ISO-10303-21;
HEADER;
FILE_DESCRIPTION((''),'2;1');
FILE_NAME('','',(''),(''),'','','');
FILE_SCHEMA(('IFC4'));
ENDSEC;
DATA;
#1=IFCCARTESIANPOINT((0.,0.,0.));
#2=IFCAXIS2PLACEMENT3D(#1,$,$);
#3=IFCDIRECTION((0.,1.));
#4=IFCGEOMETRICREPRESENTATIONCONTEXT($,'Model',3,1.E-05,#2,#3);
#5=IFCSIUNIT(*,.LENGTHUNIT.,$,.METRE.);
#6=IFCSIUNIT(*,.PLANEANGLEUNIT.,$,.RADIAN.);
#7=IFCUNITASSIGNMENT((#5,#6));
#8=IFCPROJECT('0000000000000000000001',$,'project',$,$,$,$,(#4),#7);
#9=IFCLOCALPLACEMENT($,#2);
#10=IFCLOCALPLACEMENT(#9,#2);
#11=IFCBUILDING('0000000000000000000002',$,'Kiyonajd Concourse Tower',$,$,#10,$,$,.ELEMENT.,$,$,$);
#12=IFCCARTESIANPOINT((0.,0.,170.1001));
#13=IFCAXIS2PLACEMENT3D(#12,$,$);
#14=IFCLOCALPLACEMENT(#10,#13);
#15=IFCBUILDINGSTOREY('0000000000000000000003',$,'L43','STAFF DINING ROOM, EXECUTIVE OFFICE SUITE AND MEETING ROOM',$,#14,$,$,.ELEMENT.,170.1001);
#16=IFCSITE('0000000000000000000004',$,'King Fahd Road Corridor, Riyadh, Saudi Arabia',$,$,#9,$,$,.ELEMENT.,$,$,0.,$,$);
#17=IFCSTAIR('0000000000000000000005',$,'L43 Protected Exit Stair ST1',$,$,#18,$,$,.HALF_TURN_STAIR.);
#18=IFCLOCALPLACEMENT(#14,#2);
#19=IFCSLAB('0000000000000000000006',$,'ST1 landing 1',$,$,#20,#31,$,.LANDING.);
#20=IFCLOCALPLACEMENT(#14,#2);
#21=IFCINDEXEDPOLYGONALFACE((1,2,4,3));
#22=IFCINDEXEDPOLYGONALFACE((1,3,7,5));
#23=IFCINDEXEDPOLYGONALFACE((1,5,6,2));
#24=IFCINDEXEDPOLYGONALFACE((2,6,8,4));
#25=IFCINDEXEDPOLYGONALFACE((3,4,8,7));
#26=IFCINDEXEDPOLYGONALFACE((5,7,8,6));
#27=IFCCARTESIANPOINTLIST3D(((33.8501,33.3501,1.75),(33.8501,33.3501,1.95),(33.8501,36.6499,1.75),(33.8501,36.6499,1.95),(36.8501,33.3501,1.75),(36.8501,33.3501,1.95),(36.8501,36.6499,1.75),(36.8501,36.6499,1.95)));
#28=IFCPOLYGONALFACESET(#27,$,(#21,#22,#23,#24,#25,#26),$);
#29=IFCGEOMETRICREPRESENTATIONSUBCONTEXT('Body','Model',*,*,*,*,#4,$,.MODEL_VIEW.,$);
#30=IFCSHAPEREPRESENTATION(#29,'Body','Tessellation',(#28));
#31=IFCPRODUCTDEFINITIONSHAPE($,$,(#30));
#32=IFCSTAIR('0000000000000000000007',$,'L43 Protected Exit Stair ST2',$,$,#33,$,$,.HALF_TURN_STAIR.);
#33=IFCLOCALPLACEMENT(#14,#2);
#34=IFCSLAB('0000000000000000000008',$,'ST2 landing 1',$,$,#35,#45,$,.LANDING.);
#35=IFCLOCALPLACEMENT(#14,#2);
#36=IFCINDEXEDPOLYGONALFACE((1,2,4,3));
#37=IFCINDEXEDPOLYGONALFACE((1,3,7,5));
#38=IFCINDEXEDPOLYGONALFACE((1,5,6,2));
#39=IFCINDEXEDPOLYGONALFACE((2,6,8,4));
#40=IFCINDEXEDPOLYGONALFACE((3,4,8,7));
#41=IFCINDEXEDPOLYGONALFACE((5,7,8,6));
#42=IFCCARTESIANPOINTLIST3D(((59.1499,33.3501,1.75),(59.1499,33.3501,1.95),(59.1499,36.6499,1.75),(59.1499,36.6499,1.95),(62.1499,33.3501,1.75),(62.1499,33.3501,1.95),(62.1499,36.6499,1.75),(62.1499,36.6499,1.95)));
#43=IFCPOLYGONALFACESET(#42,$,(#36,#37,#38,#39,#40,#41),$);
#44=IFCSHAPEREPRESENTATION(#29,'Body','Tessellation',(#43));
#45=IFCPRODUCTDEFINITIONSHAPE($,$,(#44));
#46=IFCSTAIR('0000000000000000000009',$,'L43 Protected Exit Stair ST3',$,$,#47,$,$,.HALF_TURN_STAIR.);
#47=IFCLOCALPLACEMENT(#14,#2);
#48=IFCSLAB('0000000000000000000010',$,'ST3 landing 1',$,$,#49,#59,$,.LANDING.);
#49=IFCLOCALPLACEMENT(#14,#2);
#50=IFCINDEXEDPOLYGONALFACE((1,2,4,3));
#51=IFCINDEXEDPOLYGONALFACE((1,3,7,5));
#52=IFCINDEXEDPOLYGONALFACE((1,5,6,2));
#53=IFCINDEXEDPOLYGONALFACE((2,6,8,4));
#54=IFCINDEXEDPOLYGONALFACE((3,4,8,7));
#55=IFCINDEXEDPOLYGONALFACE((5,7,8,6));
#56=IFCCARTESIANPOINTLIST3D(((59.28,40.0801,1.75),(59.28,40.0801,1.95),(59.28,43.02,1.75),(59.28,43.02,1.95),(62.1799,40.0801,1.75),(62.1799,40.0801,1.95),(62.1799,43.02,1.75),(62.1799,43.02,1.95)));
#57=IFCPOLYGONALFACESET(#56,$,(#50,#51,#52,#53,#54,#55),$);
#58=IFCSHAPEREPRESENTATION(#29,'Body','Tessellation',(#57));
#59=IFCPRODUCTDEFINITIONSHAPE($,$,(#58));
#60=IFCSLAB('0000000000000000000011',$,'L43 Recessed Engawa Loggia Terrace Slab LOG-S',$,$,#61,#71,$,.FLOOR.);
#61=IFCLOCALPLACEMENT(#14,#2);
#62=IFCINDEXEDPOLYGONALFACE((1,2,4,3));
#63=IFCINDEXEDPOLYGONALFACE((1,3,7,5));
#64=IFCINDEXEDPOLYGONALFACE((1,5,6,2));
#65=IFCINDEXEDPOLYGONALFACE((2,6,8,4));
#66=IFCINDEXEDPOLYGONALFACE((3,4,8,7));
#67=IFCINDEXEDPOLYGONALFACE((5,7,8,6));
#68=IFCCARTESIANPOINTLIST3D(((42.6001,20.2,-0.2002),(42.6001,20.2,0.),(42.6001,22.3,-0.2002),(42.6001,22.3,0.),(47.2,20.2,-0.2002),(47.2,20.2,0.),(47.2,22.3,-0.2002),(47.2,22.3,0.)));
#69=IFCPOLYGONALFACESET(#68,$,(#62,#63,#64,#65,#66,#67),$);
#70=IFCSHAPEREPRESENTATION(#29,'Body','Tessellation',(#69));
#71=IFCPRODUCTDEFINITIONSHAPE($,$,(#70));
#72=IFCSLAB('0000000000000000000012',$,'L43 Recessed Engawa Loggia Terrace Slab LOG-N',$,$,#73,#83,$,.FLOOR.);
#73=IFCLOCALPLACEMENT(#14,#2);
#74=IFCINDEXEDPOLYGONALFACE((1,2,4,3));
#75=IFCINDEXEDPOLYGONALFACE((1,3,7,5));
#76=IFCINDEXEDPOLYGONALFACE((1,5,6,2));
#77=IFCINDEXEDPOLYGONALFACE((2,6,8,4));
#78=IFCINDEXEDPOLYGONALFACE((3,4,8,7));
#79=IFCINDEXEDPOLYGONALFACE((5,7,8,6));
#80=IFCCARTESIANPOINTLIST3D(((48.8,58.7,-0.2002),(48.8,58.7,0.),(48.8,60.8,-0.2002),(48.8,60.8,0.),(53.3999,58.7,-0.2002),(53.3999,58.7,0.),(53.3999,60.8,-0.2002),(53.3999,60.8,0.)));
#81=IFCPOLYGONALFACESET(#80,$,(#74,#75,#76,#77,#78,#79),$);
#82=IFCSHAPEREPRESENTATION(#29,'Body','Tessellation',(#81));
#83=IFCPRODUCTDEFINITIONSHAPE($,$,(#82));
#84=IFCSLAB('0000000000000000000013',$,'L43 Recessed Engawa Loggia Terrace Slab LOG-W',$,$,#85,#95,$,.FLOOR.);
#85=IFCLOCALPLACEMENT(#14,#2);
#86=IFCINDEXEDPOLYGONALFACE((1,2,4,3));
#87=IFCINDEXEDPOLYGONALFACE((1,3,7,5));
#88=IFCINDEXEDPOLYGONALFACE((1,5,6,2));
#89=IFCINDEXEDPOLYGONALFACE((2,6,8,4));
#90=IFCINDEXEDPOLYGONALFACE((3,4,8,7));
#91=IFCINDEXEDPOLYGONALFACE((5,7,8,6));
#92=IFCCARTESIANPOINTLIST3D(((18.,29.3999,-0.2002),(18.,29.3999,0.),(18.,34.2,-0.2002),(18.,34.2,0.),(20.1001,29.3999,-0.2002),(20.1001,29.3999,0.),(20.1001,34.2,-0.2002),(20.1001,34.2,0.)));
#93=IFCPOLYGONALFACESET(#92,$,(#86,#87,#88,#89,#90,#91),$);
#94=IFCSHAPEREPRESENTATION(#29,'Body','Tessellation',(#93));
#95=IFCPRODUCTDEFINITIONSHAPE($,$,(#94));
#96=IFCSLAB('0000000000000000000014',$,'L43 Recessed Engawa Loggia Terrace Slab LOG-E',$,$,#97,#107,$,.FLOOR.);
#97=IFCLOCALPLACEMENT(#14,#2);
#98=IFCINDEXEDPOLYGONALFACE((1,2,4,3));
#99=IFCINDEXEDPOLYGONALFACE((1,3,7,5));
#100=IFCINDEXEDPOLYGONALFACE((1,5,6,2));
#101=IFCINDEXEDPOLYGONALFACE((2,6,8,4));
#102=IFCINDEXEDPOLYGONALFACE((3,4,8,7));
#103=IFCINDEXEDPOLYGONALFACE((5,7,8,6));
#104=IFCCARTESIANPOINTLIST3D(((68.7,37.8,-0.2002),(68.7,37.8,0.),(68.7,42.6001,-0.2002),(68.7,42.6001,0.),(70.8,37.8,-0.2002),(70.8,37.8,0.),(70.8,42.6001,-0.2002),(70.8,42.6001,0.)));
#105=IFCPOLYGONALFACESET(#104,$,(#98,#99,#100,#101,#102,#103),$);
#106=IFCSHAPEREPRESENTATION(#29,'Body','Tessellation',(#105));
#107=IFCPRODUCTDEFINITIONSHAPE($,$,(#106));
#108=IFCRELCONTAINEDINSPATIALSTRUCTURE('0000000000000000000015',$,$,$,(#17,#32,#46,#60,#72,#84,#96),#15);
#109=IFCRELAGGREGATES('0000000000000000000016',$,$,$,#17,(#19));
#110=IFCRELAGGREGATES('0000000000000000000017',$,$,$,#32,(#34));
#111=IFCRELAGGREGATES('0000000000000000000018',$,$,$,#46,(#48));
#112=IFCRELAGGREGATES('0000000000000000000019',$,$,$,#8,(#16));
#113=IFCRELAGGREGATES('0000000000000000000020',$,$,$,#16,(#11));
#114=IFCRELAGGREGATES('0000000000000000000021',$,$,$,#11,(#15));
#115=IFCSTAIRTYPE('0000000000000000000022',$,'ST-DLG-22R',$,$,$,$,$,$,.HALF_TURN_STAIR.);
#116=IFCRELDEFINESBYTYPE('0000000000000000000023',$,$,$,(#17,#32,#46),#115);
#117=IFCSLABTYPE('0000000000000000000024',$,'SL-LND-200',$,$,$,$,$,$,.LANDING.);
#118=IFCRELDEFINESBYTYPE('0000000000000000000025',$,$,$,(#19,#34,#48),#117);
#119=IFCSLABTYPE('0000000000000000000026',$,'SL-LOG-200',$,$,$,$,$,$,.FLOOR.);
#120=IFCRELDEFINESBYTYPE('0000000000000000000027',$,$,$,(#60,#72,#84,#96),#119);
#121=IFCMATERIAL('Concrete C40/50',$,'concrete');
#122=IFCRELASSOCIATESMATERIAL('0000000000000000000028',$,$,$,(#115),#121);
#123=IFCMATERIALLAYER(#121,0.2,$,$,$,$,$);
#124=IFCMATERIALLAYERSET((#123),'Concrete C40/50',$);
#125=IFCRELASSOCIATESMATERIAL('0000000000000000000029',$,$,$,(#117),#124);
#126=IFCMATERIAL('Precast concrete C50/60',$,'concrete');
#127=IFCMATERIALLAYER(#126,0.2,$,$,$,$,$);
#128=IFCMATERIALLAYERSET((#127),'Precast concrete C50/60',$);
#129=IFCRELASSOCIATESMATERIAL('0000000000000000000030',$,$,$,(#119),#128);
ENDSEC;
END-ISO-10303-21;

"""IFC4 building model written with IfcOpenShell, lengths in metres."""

from ifc_helpers import new_model, si_unit, direction, frame, origin, place, context, subcontext, project, spatial, polyline, outline, extrude, material, layer, layer_set, type_object, element, aggregate, save


model = new_model("IFC4")

# Units and contexts
model_context = context("Model", 3, precision=1e-05, world=origin(), true_north=direction((0.0, 1.0)))
body_context = subcontext(model_context, "Body", "Model", "MODEL_VIEW")
ifc_project = project(units=[si_unit("LENGTHUNIT", "METRE"), si_unit("PLANEANGLEUNIT", "RADIAN")], contexts=[model_context])

# Site, building, storey
site_placement = place(None, origin())
site = spatial("IfcSite", under=ifc_project, at=site_placement, Name="King Fahd Road Corridor, Riyadh, Saudi Arabia", CompositionType="ELEMENT", RefElevation=0.0)
building_placement = place(site_placement, origin())
building = spatial("IfcBuilding", under=site, at=building_placement, Name="Kiyonajd Concourse Tower", CompositionType="ELEMENT")
storey_placement = place(building_placement, frame((0.0, 0.0, 170.1001)))
storey = spatial("IfcBuildingStorey", under=building, at=storey_placement, Name="L43", Description="STAFF DINING ROOM, EXECUTIVE OFFICE SUITE AND MEETING ROOM", CompositionType="ELEMENT", Elevation=170.1001)

# Stairs, slabs
ifc_material_1 = material(Name="Concrete C40/50", Category="concrete")
stair_type = type_object("IfcStairType", Name="ST-DLG-22R", PredefinedType="HALF_TURN_STAIR", material=ifc_material_1)
stair_1_placement = place(storey_placement, origin())
stair_1 = element("IfcStair", 1, at=stair_1_placement, inside=storey, type_object=stair_type, Name="L43 Protected Exit Stair ST1", PredefinedType="HALF_TURN_STAIR")
ifc_layer_1 = layer(ifc_material_1, 0.2)
ifc_layer_set_1 = layer_set([ifc_layer_1], Name="Concrete C40/50")
slab_type_1 = type_object("IfcSlabType", Name="SL-LND-200", PredefinedType="LANDING", material=ifc_layer_set_1)
slab_1_placement = place(storey_placement, frame((0.0, 0.0, 1.75)))
slab_1 = element("IfcSlab", 2, at=slab_1_placement, type_object=slab_type_1, Name="ST1 landing 1", PredefinedType="LANDING", context=body_context, shape_type="SweptSolid", body=[
    extrude(outline(polyline([(36.8501, 33.3501), (36.8501, 36.6499), (33.8501, 36.6499), (33.8501, 33.3501), (36.8501, 33.3501)])), origin(), (0.0, 0.0, 1.0), 0.2),
])
aggregate(stair_1, [slab_1])
stair_2_placement = place(storey_placement, origin())
stair_2 = element("IfcStair", 3, at=stair_2_placement, inside=storey, type_object=stair_type, Name="L43 Protected Exit Stair ST2", PredefinedType="HALF_TURN_STAIR")
slab_2_placement = place(storey_placement, frame((0.0, 0.0, 1.75)))
slab_2 = element("IfcSlab", 4, at=slab_2_placement, type_object=slab_type_1, Name="ST2 landing 1", PredefinedType="LANDING", context=body_context, shape_type="SweptSolid", body=[
    extrude(outline(polyline([(62.1499, 33.3501), (62.1499, 36.6499), (59.1499, 36.6499), (59.1499, 33.3501), (62.1499, 33.3501)])), origin(), (0.0, 0.0, 1.0), 0.2),
])
aggregate(stair_2, [slab_2])
stair_3_placement = place(storey_placement, origin())
stair_3 = element("IfcStair", 5, at=stair_3_placement, inside=storey, type_object=stair_type, Name="L43 Protected Exit Stair ST3", PredefinedType="HALF_TURN_STAIR")
slab_3_placement = place(storey_placement, frame((0.0, 0.0, 1.75)))
slab_3 = element("IfcSlab", 6, at=slab_3_placement, type_object=slab_type_1, Name="ST3 landing 1", PredefinedType="LANDING", context=body_context, shape_type="SweptSolid", body=[
    extrude(outline(polyline([(59.28, 40.0801), (62.1799, 40.0801), (62.1799, 43.02), (59.28, 43.02), (59.28, 40.0801)])), origin(), (0.0, 0.0, 1.0), 0.2),
])
aggregate(stair_3, [slab_3])

# Slabs
ifc_material_2 = material(Name="Precast concrete C50/60", Category="concrete")
ifc_layer_2 = layer(ifc_material_2, 0.2)
ifc_layer_set_2 = layer_set([ifc_layer_2], Name="Precast concrete C50/60")
slab_type_2 = type_object("IfcSlabType", Name="SL-LOG-200", PredefinedType="FLOOR", material=ifc_layer_set_2)
slab_4_placement = place(storey_placement, frame((0.0, 0.0, -0.2002)))
element("IfcSlab", 7, at=slab_4_placement, inside=storey, type_object=slab_type_2, Name="L43 Recessed Engawa Loggia Terrace Slab LOG-S", PredefinedType="FLOOR", context=body_context, shape_type="SweptSolid", body=[
    extrude(outline(polyline([(42.6001, 20.2), (47.2, 20.2), (47.2, 22.3), (42.6001, 22.3), (42.6001, 20.2)])), origin(), (0.0, 0.0, 1.0), 0.2002),
])
slab_5_placement = place(storey_placement, frame((0.0, 0.0, -0.2002)))
element("IfcSlab", 8, at=slab_5_placement, inside=storey, type_object=slab_type_2, Name="L43 Recessed Engawa Loggia Terrace Slab LOG-N", PredefinedType="FLOOR", context=body_context, shape_type="SweptSolid", body=[
    extrude(outline(polyline([(48.8, 58.7), (53.3999, 58.7), (53.3999, 60.8), (48.8, 60.8), (48.8, 58.7)])), origin(), (0.0, 0.0, 1.0), 0.2002),
])
slab_6_placement = place(storey_placement, frame((0.0, 0.0, -0.2002)))
element("IfcSlab", 9, at=slab_6_placement, inside=storey, type_object=slab_type_2, Name="L43 Recessed Engawa Loggia Terrace Slab LOG-W", PredefinedType="FLOOR", context=body_context, shape_type="SweptSolid", body=[
    extrude(outline(polyline([(18.0, 29.3999), (20.1001, 29.3999), (20.1001, 34.2), (18.0, 34.2), (18.0, 29.3999)])), origin(), (0.0, 0.0, 1.0), 0.2002),
])
slab_7_placement = place(storey_placement, frame((0.0, 0.0, -0.2002)))
element("IfcSlab", 10, at=slab_7_placement, inside=storey, type_object=slab_type_2, Name="L43 Recessed Engawa Loggia Terrace Slab LOG-E", PredefinedType="FLOOR", context=body_context, shape_type="SweptSolid", body=[
    extrude(outline(polyline([(68.7, 37.8), (70.8, 37.8), (70.8, 42.6001), (68.7, 42.6001), (68.7, 37.8)])), origin(), (0.0, 0.0, 1.0), 0.2002),
])

save(model, "model.ifc")
